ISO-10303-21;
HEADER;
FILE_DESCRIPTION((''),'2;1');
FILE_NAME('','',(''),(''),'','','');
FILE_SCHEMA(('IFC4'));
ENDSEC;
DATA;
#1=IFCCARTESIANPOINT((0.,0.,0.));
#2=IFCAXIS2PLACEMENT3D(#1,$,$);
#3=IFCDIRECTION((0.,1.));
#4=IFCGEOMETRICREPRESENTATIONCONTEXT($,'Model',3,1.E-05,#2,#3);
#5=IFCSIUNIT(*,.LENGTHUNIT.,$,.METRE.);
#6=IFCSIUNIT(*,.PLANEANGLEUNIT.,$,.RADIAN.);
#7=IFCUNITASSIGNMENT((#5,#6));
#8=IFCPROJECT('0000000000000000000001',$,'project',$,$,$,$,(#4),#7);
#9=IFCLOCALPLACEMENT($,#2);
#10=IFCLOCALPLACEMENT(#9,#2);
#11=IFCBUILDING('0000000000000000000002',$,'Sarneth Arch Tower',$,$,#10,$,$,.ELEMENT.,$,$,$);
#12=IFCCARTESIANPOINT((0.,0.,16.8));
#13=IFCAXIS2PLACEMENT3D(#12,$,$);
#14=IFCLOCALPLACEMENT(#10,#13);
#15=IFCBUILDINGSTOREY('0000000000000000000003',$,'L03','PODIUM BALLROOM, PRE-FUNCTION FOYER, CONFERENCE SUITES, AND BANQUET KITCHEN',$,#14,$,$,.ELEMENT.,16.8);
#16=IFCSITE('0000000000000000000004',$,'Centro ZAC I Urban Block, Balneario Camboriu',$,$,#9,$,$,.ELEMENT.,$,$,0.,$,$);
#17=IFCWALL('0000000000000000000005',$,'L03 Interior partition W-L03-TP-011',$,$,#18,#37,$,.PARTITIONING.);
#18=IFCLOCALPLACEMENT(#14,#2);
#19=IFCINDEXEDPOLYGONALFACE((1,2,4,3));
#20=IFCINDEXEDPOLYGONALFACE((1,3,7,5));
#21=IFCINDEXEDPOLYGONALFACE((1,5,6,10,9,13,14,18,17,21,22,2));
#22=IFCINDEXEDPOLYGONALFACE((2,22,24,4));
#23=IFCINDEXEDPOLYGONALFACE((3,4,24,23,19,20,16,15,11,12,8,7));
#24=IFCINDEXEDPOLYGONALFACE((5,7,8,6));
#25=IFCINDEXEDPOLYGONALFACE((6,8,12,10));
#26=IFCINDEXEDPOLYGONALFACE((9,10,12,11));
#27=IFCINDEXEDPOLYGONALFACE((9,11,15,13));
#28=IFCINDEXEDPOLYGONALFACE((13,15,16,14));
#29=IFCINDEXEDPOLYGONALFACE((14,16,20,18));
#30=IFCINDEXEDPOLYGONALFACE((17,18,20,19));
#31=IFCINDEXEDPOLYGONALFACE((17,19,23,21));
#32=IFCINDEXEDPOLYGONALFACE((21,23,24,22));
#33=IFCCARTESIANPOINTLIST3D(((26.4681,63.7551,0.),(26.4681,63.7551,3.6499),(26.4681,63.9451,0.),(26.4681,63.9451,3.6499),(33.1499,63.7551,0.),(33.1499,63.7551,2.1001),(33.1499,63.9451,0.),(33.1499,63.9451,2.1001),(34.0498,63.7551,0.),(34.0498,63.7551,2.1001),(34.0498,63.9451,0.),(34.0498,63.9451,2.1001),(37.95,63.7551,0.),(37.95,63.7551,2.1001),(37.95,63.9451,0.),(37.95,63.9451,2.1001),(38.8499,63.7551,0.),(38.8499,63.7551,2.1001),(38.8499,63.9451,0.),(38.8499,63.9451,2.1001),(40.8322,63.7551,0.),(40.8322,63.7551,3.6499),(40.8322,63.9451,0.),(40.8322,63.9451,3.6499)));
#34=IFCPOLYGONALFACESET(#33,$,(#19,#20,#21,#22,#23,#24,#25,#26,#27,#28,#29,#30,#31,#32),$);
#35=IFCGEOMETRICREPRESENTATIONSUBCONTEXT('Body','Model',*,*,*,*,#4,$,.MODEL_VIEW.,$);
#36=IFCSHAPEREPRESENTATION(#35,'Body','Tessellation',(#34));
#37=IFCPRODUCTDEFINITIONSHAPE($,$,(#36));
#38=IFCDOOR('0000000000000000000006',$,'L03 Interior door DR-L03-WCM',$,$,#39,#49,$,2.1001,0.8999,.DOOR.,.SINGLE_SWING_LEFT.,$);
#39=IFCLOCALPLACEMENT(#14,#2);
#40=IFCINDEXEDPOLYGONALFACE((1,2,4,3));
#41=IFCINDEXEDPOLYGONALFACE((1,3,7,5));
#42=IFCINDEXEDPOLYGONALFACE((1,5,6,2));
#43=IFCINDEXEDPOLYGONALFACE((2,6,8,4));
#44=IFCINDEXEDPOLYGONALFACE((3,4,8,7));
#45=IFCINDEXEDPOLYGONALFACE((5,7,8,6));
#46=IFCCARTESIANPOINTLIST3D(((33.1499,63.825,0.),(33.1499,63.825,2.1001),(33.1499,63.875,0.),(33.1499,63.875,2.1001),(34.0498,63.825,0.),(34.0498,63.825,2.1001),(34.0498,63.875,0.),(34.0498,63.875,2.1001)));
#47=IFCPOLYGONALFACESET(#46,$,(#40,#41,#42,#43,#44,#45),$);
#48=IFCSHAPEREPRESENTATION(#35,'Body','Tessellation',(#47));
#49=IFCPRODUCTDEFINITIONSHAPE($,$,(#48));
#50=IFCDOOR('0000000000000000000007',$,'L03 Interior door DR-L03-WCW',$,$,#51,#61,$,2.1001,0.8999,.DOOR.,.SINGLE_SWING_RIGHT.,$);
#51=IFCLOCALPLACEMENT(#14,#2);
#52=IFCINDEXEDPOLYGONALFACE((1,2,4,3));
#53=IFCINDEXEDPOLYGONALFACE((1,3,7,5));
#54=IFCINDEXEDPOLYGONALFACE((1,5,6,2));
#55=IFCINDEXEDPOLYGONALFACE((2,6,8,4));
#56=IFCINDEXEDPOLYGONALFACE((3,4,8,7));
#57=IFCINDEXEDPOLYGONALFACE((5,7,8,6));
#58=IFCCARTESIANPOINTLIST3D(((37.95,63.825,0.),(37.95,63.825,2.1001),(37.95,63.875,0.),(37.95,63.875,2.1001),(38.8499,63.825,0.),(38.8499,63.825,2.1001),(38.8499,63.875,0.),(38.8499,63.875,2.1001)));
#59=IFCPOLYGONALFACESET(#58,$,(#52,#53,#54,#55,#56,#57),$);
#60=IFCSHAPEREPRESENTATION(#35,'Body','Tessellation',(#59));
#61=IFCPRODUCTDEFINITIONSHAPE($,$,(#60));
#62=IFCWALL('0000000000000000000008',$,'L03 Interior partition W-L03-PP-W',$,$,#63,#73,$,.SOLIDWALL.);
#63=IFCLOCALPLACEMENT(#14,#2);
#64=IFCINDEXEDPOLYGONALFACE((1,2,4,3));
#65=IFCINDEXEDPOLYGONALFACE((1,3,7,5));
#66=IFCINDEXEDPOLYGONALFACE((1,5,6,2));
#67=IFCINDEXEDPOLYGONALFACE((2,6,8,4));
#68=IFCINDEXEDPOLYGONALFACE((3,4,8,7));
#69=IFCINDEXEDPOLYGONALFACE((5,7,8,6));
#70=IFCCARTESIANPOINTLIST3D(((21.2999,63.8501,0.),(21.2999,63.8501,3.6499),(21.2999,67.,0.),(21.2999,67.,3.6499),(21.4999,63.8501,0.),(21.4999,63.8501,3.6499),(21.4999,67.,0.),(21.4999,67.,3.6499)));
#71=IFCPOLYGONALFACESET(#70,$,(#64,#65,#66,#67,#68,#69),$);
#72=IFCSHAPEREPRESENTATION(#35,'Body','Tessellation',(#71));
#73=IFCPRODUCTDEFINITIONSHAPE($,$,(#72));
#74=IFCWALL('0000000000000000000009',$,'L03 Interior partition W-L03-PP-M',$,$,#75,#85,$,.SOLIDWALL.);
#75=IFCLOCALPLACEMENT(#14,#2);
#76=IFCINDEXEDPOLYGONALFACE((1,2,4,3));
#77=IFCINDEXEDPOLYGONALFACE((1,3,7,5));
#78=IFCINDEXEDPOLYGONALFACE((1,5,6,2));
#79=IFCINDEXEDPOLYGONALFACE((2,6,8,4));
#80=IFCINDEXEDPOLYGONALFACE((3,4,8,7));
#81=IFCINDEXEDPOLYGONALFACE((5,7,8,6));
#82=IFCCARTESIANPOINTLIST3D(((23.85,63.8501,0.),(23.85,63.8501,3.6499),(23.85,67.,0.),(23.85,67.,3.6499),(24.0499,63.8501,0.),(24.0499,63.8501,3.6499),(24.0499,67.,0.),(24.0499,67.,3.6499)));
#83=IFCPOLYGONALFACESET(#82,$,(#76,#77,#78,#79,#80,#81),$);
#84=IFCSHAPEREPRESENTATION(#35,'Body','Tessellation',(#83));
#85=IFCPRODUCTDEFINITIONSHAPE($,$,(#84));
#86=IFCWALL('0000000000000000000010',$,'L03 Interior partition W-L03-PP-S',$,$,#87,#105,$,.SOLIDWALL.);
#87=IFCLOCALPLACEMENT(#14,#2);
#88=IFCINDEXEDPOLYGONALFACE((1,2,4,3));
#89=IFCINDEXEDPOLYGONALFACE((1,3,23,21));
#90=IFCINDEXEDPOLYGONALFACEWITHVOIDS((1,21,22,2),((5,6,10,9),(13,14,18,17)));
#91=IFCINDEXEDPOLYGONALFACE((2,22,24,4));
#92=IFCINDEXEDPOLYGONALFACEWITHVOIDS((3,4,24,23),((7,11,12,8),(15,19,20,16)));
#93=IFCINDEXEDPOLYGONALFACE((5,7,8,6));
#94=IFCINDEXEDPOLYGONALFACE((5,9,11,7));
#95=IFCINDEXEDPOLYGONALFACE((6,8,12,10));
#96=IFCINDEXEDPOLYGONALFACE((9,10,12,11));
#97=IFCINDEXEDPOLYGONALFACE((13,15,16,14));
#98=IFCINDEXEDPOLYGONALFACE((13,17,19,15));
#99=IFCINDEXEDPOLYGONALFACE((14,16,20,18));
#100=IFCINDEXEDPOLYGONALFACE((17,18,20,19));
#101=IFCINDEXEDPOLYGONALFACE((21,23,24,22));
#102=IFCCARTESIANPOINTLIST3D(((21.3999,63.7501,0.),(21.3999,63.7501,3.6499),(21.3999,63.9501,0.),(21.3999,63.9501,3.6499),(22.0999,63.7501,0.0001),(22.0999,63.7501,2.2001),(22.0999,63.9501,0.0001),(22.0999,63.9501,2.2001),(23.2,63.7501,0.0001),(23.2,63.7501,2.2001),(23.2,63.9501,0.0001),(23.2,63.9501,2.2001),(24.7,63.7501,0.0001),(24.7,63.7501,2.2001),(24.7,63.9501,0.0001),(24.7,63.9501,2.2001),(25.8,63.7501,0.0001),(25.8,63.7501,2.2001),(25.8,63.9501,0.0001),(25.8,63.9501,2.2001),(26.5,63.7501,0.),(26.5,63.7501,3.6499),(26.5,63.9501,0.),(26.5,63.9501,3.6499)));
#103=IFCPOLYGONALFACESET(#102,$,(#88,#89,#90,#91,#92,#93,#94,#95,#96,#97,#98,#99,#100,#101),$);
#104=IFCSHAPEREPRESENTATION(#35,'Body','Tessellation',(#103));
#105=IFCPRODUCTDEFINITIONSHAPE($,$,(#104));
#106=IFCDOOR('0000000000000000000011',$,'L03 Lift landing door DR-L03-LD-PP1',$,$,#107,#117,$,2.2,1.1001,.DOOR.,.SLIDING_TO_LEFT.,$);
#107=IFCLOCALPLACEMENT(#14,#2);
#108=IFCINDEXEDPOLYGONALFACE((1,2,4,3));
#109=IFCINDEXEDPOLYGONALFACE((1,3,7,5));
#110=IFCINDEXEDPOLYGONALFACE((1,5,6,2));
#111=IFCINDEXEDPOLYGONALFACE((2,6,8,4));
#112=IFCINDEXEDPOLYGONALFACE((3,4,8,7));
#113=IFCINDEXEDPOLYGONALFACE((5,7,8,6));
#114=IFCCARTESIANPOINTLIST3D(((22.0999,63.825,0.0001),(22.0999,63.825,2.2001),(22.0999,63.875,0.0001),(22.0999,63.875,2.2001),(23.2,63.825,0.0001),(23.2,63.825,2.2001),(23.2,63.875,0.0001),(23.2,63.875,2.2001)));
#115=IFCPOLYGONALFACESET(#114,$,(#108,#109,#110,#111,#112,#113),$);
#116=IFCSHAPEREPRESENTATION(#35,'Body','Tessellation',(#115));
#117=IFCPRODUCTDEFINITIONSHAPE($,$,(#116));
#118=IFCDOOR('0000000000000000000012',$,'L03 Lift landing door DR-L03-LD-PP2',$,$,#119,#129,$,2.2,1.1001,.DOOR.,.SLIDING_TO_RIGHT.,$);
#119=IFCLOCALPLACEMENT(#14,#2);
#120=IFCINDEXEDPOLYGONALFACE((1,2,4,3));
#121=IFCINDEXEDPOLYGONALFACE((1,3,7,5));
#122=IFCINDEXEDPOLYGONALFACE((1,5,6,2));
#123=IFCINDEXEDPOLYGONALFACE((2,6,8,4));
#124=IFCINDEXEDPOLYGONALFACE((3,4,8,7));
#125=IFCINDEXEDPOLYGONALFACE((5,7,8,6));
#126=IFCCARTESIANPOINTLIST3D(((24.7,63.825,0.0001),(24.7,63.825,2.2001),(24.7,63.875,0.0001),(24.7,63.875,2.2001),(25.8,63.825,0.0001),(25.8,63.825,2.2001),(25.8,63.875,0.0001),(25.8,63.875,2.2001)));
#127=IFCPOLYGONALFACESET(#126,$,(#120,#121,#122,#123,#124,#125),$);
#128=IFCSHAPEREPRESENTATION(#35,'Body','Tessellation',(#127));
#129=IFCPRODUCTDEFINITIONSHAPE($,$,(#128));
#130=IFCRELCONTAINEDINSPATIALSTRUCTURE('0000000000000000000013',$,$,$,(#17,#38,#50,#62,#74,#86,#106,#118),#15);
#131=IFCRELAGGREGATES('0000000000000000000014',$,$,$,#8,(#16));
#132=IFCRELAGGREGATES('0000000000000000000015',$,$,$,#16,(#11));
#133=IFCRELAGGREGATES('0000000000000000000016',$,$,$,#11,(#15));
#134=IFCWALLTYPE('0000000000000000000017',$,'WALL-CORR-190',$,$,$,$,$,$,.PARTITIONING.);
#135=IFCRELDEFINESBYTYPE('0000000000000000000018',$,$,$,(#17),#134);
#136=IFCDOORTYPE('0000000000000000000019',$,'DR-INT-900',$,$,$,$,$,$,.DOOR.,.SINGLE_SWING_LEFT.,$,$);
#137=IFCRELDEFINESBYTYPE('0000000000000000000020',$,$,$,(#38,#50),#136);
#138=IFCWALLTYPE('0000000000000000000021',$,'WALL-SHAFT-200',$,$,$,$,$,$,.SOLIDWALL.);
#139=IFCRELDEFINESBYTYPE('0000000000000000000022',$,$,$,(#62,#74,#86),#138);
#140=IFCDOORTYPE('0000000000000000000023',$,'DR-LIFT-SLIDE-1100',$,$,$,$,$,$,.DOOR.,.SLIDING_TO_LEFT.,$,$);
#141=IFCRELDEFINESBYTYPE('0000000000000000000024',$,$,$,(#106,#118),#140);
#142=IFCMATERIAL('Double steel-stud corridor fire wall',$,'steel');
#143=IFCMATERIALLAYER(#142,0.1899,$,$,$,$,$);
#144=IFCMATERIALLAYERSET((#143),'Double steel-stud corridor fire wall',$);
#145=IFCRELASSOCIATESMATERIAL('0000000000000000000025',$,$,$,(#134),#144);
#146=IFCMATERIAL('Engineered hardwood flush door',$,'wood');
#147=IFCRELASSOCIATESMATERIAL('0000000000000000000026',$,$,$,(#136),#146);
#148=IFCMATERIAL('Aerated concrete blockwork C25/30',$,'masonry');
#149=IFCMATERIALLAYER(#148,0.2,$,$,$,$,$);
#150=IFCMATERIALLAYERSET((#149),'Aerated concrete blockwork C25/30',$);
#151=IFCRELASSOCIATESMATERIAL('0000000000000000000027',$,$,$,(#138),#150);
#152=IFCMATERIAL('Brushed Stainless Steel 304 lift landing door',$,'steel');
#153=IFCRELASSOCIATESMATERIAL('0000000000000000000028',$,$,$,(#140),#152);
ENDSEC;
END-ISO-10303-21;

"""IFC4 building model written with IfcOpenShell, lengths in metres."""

from ifc_helpers import new_model, si_unit, direction, frame, frame_2d, origin, place, context, subcontext, project, spatial, rectangle, extrude, material, layer, layer_set, type_object, element, fill, save


model = new_model("IFC4")

# Units and contexts
model_context = context("Model", 3, precision=1e-05, world=origin(), true_north=direction((0.0, 1.0)))
body_context = subcontext(model_context, "Body", "Model", "MODEL_VIEW")
ifc_project = project(units=[si_unit("LENGTHUNIT", "METRE"), si_unit("PLANEANGLEUNIT", "RADIAN")], contexts=[model_context])

# Site, building, storey
site_placement = place(None, origin())
site = spatial("IfcSite", under=ifc_project, at=site_placement, Name="Centro ZAC I Urban Block, Balneario Camboriu", CompositionType="ELEMENT", RefElevation=0.0)
building_placement = place(site_placement, origin())
building = spatial("IfcBuilding", under=site, at=building_placement, Name="Sarneth Arch Tower", CompositionType="ELEMENT")
storey_placement = place(building_placement, frame((0.0, 0.0, 16.8)))
storey = spatial("IfcBuildingStorey", under=building, at=storey_placement, Name="L03", Description="PODIUM BALLROOM, PRE-FUNCTION FOYER, CONFERENCE SUITES, AND BANQUET KITCHEN", CompositionType="ELEMENT", Elevation=16.8)

# Shared definitions
ifc_material_1 = material(Name="Double steel-stud corridor fire wall", Category="steel")
ifc_layer_1 = layer(ifc_material_1, 0.1899)
ifc_layer_set_1 = layer_set([ifc_layer_1], Name="Double steel-stud corridor fire wall")
wall_type_1 = type_object("IfcWallType", Name="WALL-CORR-190", PredefinedType="PARTITIONING", material=ifc_layer_set_1)

# Wall, openings, doors
wall_1_placement = place(storey_placement, frame((26.468, 63.8501, 0.0), z_axis=(0.0, 0.0, 1.0), x_axis=(1.0, 0.0, 0.0)))
wall_1 = element("IfcWall", 1, at=wall_1_placement, inside=storey, type_object=wall_type_1, Name="L03 Interior partition W-L03-TP-011", PredefinedType="PARTITIONING", context=body_context, shape_type="SweptSolid", body=[
    extrude(rectangle(XDim=14.364, YDim=0.1899, at=frame_2d((7.1821, 0.0))), origin(), (0.0, 0.0, 1.0), 3.6499),
])
opening_1_placement = place(wall_1_placement, frame((6.6819, 0.0, 0.0)))
opening_1 = element("IfcOpeningElement", 2, at=opening_1_placement, cuts=wall_1, PredefinedType="OPENING", context=body_context, shape_type="SweptSolid", body=[
    extrude(rectangle(XDim=0.8999, YDim=2.1001, at=frame_2d((0.45, 1.05))), frame((0.0, 0.105, 0.0), z_axis=(0.0, -1.0, 0.0), x_axis=(1.0, 0.0, 0.0)), (0.0, 0.0, 1.0), 0.21),
])
opening_2_placement = place(wall_1_placement, frame((11.4819, 0.0, 0.0)))
opening_2 = element("IfcOpeningElement", 3, at=opening_2_placement, cuts=wall_1, PredefinedType="OPENING", context=body_context, shape_type="SweptSolid", body=[
    extrude(rectangle(XDim=0.8999, YDim=2.1001, at=frame_2d((0.45, 1.05))), frame((0.0, 0.105, 0.0), z_axis=(0.0, -1.0, 0.0), x_axis=(1.0, 0.0, 0.0)), (0.0, 0.0, 1.0), 0.21),
])
ifc_material_2 = material(Name="Engineered hardwood flush door", Category="wood")
door_type_1 = type_object("IfcDoorType", Name="DR-INT-900", OperationType="SINGLE_SWING_LEFT", PredefinedType="DOOR", material=ifc_material_2)
door_1_placement = place(opening_1_placement, origin())
door_1 = element("IfcDoor", 4, at=door_1_placement, inside=storey, type_object=door_type_1, Name="L03 Interior door DR-L03-WCM", OperationType="SINGLE_SWING_LEFT", OverallHeight=2.1001, OverallWidth=0.8999, PredefinedType="DOOR", context=body_context, shape_type="SweptSolid", body=[
    extrude(rectangle(XDim=0.8999, YDim=2.1001, at=frame_2d((0.45, 1.05))), frame((0.0, 0.0249, 0.0), z_axis=(0.0, -1.0, 0.0), x_axis=(1.0, 0.0, 0.0)), (0.0, 0.0, 1.0), 0.05),
])
fill(opening_1, door_1)
door_2_placement = place(opening_2_placement, origin())
door_2 = element("IfcDoor", 5, at=door_2_placement, inside=storey, type_object=door_type_1, Name="L03 Interior door DR-L03-WCW", OperationType="SINGLE_SWING_RIGHT", OverallHeight=2.1001, OverallWidth=0.8999, PredefinedType="DOOR", context=body_context, shape_type="SweptSolid", body=[
    extrude(rectangle(XDim=0.8999, YDim=2.1001, at=frame_2d((0.45, 1.05))), frame((0.0, 0.0249, 0.0), z_axis=(0.0, -1.0, 0.0), x_axis=(1.0, 0.0, 0.0)), (0.0, 0.0, 1.0), 0.05),
])
fill(opening_2, door_2)

# Walls
ifc_material_3 = material(Name="Aerated concrete blockwork C25/30", Category="masonry")
ifc_layer_2 = layer(ifc_material_3, 0.2)
ifc_layer_set_2 = layer_set([ifc_layer_2], Name="Aerated concrete blockwork C25/30")
wall_type_2 = type_object("IfcWallType", Name="WALL-SHAFT-200", PredefinedType="SOLIDWALL", material=ifc_layer_set_2)
for number, where, z_axis, x_axis, name in (
    (6, (21.3999, 63.8501, 0.0), (0.0, 0.0, 1.0), (0.0, 1.0, 0.0), "L03 Interior partition W-L03-PP-W"),
    (7, (23.95, 63.8501, 0.0), (0.0, 0.0, 1.0), (0.0, 1.0, 0.0), "L03 Interior partition W-L03-PP-M"),
):
    element("IfcWall", number, at=place(storey_placement, frame(where, z_axis=z_axis, x_axis=x_axis)), inside=storey, type_object=wall_type_2, Name=name, PredefinedType="SOLIDWALL", context=body_context, shape_type="SweptSolid", body=[
        extrude(rectangle(XDim=3.1499, YDim=0.2, at=frame_2d((1.575, 0.0))), origin(), (0.0, 0.0, 1.0), 3.6499),
    ])

# Wall, openings, doors
wall_2_placement = place(storey_placement, frame((21.3999, 63.8501, 0.0), z_axis=(0.0, 0.0, 1.0), x_axis=(1.0, 0.0, 0.0)))
wall_2 = element("IfcWall", 8, at=wall_2_placement, inside=storey, type_object=wall_type_2, Name="L03 Interior partition W-L03-PP-S", PredefinedType="SOLIDWALL", context=body_context, shape_type="SweptSolid", body=[
    extrude(rectangle(XDim=5.1001, YDim=0.2, at=frame_2d((2.55, 0.0))), origin(), (0.0, 0.0, 1.0), 3.6499),
])
opening_3_placement = place(wall_2_placement, frame((0.7, 0.0, 0.0)))
opening_3 = element("IfcOpeningElement", 9, at=opening_3_placement, cuts=wall_2, PredefinedType="OPENING", context=body_context, shape_type="SweptSolid", body=[
    extrude(rectangle(XDim=1.1001, YDim=2.2, at=frame_2d((0.55, 1.1001))), frame((0.0, 0.1099, 0.0), z_axis=(0.0, -1.0, 0.0), x_axis=(1.0, 0.0, 0.0)), (0.0, 0.0, 1.0), 0.22),
])
opening_4_placement = place(wall_2_placement, frame((3.3, 0.0, 0.0)))
opening_4 = element("IfcOpeningElement", 10, at=opening_4_placement, cuts=wall_2, PredefinedType="OPENING", context=body_context, shape_type="SweptSolid", body=[
    extrude(rectangle(XDim=1.1001, YDim=2.2, at=frame_2d((0.55, 1.1001))), frame((0.0, 0.1099, 0.0), z_axis=(0.0, -1.0, 0.0), x_axis=(1.0, 0.0, 0.0)), (0.0, 0.0, 1.0), 0.22),
])
ifc_material_4 = material(Name="Brushed Stainless Steel 304 lift landing door", Category="steel")
door_type_2 = type_object("IfcDoorType", Name="DR-LIFT-SLIDE-1100", OperationType="SLIDING_TO_LEFT", PredefinedType="DOOR", material=ifc_material_4)
door_3_placement = place(opening_3_placement, origin())
door_3 = element("IfcDoor", 11, at=door_3_placement, inside=storey, type_object=door_type_2, Name="L03 Lift landing door DR-L03-LD-PP1", OperationType="SLIDING_TO_LEFT", OverallHeight=2.2, OverallWidth=1.1001, PredefinedType="DOOR", context=body_context, shape_type="SweptSolid", body=[
    extrude(rectangle(XDim=1.1001, YDim=2.2, at=frame_2d((0.55, 1.1001))), frame((0.0, 0.0249, 0.0), z_axis=(0.0, -1.0, 0.0), x_axis=(1.0, 0.0, 0.0)), (0.0, 0.0, 1.0), 0.05),
])
fill(opening_3, door_3)
door_4_placement = place(opening_4_placement, origin())
door_4 = element("IfcDoor", 12, at=door_4_placement, inside=storey, type_object=door_type_2, Name="L03 Lift landing door DR-L03-LD-PP2", OperationType="SLIDING_TO_RIGHT", OverallHeight=2.2, OverallWidth=1.1001, PredefinedType="DOOR", context=body_context, shape_type="SweptSolid", body=[
    extrude(rectangle(XDim=1.1001, YDim=2.2, at=frame_2d((0.55, 1.1001))), frame((0.0, 0.0249, 0.0), z_axis=(0.0, -1.0, 0.0), x_axis=(1.0, 0.0, 0.0)), (0.0, 0.0, 1.0), 0.05),
])
fill(opening_4, door_4)

save(model, "model.ifc")
